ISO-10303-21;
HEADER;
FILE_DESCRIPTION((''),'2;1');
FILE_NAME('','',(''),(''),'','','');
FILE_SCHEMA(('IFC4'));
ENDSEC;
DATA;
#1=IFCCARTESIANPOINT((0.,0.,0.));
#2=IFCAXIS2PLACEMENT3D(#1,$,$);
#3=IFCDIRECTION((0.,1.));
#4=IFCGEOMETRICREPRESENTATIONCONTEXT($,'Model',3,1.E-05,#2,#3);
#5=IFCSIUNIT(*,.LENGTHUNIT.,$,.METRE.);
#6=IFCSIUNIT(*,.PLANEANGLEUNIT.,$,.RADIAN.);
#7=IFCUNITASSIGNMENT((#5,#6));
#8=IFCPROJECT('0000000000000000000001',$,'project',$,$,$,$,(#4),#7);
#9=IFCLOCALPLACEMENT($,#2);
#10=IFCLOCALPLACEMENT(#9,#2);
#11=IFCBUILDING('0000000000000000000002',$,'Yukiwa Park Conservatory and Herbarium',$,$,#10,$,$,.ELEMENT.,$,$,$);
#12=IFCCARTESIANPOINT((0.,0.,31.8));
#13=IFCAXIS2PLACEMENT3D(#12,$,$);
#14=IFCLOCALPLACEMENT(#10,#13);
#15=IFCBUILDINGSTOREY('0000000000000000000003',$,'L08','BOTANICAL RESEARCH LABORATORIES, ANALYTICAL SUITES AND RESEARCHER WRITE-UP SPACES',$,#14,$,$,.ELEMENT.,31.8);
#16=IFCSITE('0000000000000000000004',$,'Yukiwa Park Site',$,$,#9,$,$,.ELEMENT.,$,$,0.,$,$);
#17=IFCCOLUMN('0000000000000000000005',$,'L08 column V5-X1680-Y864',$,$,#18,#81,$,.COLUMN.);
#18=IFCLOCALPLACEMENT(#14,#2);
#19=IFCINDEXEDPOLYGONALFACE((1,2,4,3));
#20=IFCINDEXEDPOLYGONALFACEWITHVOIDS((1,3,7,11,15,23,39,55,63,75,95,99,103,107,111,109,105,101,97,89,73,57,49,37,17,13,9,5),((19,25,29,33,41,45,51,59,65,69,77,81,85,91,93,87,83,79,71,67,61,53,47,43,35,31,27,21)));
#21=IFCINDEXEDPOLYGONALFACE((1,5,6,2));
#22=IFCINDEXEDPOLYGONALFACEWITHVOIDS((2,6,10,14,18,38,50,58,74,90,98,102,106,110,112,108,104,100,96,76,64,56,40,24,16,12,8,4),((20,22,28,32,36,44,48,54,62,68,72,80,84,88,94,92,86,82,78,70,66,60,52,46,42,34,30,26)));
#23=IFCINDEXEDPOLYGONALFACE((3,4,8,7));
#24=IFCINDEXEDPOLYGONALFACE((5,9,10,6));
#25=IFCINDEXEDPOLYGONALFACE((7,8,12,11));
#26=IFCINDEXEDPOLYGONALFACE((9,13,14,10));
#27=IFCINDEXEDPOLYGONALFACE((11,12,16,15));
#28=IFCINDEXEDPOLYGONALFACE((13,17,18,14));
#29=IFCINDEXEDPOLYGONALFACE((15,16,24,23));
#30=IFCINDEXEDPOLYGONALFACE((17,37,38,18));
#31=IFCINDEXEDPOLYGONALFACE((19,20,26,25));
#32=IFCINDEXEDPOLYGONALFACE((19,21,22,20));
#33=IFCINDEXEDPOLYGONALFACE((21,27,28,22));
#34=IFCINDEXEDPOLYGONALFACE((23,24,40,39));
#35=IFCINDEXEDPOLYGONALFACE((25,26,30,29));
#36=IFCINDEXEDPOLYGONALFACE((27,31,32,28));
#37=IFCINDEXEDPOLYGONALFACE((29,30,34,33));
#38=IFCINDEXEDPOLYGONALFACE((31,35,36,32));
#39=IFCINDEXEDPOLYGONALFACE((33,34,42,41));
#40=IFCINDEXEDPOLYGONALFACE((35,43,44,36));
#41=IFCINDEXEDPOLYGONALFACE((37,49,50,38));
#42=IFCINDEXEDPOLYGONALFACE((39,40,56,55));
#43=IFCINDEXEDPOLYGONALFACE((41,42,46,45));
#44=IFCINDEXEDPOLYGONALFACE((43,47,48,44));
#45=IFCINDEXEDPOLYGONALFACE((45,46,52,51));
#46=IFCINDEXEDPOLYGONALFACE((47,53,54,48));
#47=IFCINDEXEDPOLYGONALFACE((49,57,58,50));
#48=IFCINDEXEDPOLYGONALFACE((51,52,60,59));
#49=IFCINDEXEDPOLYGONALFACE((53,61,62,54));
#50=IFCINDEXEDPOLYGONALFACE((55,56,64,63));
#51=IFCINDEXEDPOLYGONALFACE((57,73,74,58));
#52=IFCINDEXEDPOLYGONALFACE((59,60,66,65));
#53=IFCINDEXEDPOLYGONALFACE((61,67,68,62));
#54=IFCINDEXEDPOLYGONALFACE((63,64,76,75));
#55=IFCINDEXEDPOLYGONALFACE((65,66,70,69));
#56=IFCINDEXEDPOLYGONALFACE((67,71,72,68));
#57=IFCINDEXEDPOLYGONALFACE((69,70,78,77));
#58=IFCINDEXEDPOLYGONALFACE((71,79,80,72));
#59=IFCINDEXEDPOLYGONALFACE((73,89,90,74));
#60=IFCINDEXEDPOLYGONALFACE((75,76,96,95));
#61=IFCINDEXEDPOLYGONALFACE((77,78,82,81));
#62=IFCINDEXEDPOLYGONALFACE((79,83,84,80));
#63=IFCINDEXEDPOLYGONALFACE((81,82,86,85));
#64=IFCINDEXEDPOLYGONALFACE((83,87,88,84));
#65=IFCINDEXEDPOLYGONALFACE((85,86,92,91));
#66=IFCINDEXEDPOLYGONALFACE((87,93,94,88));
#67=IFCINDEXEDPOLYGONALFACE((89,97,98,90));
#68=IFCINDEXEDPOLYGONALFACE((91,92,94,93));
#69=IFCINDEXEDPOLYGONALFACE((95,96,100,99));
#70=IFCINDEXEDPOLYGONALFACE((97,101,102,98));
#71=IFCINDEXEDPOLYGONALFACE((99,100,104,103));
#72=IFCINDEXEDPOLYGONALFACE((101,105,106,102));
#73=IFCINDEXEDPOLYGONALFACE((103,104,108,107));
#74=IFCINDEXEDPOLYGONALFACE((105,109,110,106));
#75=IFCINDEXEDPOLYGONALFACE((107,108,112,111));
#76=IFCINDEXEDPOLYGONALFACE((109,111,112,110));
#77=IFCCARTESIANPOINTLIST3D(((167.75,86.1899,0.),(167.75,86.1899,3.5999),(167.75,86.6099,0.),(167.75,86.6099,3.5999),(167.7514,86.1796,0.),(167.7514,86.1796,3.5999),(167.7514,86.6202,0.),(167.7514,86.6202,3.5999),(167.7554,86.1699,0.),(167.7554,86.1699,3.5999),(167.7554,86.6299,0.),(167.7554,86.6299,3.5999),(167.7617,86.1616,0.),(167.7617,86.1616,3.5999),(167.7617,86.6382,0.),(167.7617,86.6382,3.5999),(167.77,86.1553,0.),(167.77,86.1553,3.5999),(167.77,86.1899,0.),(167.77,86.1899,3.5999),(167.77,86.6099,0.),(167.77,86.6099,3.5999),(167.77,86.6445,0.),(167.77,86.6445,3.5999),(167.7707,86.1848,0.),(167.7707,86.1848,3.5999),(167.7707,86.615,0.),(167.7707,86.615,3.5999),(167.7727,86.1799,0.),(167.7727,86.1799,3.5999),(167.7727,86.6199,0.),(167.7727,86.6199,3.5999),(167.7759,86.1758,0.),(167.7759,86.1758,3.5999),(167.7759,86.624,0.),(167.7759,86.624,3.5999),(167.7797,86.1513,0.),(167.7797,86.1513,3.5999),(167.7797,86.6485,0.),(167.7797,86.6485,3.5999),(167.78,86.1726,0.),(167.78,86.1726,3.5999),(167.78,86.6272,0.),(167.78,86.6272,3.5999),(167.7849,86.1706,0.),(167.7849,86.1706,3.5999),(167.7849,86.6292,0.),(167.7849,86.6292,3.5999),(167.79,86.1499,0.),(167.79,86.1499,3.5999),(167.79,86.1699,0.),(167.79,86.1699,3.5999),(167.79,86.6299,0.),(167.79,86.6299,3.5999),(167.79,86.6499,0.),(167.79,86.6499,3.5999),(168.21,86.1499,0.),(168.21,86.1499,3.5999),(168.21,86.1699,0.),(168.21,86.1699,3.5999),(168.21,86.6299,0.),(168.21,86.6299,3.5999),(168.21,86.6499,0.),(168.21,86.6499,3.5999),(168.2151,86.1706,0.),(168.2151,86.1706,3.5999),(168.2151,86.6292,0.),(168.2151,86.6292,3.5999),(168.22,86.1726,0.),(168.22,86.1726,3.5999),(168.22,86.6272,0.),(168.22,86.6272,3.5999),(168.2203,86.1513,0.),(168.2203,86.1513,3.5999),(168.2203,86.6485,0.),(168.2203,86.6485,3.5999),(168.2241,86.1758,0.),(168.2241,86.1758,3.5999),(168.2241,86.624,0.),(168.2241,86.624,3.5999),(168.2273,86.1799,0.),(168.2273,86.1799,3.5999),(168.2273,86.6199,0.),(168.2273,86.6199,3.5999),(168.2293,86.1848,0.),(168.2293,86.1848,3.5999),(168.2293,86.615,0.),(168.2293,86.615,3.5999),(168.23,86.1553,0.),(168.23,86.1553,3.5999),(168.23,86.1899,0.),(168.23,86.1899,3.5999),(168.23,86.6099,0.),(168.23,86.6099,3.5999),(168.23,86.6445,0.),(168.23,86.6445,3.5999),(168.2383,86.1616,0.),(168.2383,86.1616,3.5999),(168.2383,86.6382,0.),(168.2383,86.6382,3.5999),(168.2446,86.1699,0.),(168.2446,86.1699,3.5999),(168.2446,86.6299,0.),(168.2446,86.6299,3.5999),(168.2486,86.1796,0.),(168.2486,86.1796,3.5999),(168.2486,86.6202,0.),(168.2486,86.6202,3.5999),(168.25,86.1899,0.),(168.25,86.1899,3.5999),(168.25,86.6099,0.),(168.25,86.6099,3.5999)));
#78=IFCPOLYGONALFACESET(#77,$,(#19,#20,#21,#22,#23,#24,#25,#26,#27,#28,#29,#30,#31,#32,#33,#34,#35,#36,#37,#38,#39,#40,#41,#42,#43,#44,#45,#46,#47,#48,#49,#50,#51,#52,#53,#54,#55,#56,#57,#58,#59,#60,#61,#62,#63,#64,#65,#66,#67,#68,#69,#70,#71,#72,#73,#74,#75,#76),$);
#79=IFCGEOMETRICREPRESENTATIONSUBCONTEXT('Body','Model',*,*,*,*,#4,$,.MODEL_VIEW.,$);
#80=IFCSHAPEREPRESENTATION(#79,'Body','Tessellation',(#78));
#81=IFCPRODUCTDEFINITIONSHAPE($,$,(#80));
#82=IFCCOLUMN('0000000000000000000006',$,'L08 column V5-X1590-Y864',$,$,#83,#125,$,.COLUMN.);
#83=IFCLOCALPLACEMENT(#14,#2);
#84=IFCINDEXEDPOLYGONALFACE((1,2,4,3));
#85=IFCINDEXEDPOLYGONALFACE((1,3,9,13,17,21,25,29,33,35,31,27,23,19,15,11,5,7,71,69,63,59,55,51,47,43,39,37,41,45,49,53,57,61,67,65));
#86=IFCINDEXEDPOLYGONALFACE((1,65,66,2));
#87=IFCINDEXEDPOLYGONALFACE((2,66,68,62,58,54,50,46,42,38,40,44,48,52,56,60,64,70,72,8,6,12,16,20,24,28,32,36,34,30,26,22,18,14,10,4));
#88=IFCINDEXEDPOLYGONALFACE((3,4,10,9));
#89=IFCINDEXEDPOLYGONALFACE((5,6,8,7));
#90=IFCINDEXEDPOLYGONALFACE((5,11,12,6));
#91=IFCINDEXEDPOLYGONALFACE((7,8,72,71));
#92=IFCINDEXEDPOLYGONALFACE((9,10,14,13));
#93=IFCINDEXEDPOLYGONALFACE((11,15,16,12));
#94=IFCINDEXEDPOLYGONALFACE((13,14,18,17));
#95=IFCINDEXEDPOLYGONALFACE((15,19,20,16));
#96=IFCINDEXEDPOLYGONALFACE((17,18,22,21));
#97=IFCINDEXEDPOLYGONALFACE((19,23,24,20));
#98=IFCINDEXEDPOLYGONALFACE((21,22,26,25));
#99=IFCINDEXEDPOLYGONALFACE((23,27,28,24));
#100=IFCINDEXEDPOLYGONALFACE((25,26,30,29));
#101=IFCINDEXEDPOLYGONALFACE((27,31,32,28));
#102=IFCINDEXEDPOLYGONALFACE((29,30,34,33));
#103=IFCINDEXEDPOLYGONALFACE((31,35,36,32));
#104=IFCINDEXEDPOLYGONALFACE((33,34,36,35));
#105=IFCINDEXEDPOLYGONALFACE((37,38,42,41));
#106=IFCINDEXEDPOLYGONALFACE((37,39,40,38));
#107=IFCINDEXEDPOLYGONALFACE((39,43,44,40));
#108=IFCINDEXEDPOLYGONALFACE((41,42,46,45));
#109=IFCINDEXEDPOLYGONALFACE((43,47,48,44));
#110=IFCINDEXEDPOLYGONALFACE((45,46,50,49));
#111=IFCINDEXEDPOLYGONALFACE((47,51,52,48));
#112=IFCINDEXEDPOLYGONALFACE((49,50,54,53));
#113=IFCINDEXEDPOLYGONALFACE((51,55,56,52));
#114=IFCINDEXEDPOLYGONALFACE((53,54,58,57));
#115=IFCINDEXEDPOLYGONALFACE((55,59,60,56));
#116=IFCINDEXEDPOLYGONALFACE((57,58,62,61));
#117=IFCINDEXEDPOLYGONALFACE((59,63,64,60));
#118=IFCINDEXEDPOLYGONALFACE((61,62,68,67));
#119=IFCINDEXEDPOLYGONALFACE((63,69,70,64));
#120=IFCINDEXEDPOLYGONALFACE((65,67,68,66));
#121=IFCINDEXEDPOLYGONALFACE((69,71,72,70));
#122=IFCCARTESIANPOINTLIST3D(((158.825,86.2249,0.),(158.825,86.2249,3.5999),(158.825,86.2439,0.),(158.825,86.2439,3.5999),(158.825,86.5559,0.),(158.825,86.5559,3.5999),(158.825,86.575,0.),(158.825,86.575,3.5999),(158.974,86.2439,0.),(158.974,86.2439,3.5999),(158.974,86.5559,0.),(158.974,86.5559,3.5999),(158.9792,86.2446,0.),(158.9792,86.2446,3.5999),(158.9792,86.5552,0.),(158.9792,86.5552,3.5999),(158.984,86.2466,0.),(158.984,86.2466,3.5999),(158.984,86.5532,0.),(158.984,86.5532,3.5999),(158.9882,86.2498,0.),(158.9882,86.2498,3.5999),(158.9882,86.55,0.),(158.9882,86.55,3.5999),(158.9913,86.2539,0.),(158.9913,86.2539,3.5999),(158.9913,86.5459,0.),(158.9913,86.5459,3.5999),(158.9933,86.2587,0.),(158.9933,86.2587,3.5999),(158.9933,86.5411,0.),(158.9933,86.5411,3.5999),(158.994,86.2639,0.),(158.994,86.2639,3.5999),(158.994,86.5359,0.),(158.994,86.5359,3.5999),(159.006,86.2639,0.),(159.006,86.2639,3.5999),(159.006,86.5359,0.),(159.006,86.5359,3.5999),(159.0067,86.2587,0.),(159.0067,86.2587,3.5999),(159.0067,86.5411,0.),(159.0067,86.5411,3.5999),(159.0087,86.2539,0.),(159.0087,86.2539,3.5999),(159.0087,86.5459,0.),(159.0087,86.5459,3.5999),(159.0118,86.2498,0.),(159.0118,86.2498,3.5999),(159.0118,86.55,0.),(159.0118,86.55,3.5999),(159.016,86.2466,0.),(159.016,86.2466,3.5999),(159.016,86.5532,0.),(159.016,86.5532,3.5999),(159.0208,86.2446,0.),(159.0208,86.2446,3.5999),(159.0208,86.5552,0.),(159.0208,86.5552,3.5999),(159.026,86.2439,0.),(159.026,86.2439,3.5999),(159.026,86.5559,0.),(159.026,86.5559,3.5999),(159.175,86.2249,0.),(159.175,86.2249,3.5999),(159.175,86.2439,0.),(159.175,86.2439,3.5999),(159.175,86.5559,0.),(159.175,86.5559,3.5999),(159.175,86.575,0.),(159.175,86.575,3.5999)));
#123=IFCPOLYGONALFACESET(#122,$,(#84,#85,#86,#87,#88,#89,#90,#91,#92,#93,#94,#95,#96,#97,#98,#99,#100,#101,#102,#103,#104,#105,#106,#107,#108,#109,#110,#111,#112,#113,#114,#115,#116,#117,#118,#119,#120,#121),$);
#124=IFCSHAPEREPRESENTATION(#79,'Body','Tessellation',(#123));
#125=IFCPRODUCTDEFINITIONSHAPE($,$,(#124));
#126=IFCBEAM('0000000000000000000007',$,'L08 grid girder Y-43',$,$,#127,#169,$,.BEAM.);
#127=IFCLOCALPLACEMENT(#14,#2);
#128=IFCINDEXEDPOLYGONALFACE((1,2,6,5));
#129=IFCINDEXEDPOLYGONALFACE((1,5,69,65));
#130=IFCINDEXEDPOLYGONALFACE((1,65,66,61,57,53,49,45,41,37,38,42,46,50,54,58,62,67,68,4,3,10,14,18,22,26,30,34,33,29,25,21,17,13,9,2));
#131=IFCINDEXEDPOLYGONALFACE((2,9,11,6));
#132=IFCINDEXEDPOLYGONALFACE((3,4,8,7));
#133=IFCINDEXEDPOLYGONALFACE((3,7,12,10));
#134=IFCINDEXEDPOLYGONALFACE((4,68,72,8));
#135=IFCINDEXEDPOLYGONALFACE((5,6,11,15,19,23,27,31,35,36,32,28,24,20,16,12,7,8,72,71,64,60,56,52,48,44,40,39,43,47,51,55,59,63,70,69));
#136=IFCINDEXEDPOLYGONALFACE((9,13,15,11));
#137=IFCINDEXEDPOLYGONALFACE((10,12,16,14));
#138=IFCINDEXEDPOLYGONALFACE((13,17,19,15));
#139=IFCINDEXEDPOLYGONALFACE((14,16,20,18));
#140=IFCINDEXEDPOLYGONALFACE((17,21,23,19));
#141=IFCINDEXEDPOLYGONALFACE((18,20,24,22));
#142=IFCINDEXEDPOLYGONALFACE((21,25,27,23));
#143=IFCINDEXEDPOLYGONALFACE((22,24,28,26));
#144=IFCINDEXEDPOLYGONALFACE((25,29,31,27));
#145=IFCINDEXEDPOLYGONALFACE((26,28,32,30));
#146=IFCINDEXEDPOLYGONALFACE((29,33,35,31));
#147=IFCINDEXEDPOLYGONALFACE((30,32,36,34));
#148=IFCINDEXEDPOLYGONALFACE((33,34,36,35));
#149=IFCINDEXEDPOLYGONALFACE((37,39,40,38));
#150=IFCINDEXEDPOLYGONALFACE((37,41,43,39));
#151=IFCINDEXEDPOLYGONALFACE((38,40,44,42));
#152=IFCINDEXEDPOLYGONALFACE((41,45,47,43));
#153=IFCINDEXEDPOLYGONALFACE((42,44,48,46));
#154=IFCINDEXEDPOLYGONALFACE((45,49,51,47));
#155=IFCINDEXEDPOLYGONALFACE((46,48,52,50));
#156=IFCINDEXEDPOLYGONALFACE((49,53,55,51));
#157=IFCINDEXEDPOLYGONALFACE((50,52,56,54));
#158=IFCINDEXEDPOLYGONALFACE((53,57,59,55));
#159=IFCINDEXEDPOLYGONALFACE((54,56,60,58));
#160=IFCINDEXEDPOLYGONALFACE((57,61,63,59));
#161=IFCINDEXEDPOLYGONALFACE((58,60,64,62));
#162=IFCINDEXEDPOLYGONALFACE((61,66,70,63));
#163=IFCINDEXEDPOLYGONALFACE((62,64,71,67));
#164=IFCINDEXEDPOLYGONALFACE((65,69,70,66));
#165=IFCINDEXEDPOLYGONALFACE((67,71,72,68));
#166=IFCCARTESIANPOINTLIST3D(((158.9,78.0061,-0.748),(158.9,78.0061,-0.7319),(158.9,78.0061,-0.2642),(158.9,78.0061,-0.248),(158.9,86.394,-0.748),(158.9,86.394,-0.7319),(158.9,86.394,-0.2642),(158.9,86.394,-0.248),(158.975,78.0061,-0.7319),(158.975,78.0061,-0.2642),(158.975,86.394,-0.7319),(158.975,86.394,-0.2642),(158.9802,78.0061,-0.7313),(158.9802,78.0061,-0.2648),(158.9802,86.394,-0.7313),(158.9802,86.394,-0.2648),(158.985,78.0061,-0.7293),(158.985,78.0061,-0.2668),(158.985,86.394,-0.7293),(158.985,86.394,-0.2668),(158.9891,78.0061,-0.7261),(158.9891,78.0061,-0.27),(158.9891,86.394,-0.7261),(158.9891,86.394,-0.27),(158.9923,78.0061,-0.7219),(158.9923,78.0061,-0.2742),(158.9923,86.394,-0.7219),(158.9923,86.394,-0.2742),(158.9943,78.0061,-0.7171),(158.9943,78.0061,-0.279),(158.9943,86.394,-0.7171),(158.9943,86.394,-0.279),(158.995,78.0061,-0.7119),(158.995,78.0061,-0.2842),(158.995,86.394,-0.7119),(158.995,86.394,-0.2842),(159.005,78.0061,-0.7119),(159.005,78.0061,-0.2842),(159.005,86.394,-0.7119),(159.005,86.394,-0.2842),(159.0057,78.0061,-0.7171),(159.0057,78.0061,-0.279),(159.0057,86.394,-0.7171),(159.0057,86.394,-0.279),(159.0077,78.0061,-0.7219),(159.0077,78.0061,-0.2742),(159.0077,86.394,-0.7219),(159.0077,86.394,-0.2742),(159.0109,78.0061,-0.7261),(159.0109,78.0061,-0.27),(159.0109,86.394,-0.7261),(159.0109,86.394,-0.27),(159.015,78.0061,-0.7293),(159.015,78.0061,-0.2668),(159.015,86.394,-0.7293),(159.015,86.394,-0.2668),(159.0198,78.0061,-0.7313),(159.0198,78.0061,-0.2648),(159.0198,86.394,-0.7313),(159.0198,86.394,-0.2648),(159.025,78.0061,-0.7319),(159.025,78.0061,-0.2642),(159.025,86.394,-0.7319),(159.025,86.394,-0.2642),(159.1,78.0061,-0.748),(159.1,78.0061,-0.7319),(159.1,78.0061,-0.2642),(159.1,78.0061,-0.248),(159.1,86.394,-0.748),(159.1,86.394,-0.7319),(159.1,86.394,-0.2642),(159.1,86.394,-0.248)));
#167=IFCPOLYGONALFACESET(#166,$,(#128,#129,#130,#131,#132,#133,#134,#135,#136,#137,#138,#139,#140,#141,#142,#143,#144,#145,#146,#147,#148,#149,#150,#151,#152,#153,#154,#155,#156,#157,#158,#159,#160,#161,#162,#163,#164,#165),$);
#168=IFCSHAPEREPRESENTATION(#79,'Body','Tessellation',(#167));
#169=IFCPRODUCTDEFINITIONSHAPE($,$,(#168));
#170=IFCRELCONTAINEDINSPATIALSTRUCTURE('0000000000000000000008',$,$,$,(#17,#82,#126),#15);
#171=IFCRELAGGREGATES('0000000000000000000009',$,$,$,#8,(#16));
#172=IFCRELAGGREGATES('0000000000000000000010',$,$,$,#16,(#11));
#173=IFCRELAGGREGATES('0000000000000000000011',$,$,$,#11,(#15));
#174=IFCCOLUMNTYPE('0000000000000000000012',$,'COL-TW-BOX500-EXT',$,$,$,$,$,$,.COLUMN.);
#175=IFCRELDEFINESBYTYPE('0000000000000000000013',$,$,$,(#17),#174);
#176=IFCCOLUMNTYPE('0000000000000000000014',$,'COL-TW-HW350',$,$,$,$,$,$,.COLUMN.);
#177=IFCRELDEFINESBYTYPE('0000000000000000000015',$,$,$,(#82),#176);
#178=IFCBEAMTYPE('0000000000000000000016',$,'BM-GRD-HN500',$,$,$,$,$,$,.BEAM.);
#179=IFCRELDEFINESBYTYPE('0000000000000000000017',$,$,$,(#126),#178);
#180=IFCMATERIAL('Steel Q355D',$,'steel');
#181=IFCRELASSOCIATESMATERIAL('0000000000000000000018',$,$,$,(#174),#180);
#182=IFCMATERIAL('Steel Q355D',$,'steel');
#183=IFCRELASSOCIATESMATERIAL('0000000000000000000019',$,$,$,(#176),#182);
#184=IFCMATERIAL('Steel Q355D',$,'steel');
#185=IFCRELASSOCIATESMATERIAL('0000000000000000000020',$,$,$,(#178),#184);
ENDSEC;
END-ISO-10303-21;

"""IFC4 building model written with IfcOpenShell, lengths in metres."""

from ifc_helpers import new_model, si_unit, direction, frame, origin, origin_2d, place, context, subcontext, project, spatial, hollow_rectangle, i_section, extrude, material, material_profile, profile_set, type_object, element, save


model = new_model("IFC4")

# Units and contexts
model_context = context("Model", 3, precision=1e-05, world=origin(), true_north=direction((0.0, 1.0)))
body_context = subcontext(model_context, "Body", "Model", "MODEL_VIEW")
ifc_project = project(units=[si_unit("LENGTHUNIT", "METRE"), si_unit("PLANEANGLEUNIT", "RADIAN")], contexts=[model_context])

# Site, building, storey
site_placement = place(None, origin())
site = spatial("IfcSite", under=ifc_project, at=site_placement, Name="Yukiwa Park Site", CompositionType="ELEMENT", RefElevation=0.0)
building_placement = place(site_placement, origin())
building = spatial("IfcBuilding", under=site, at=building_placement, Name="Yukiwa Park Conservatory and Herbarium", CompositionType="ELEMENT")
storey_placement = place(building_placement, frame((0.0, 0.0, 31.8)))
storey = spatial("IfcBuildingStorey", under=building, at=storey_placement, Name="L08", Description="BOTANICAL RESEARCH LABORATORIES, ANALYTICAL SUITES AND RESEARCHER WRITE-UP SPACES", CompositionType="ELEMENT", Elevation=31.8)

# Columns
ifc_material_1 = material(Name="Steel Q355D", Category="steel")
ifc_material_profile_1 = material_profile(ifc_material_1, hollow_rectangle(XDim=0.5, YDim=0.5, WallThickness=0.02, InnerFilletRadius=0.02, OuterFilletRadius=0.04, at=origin_2d()), Name="BOX 500x500x20")
ifc_profile_set_1 = profile_set([ifc_material_profile_1], Name="Steel Q355D")
column_type_1 = type_object("IfcColumnType", Name="COL-TW-BOX500-EXT", PredefinedType="COLUMN", material=ifc_profile_set_1)
column_1_placement = place(storey_placement, frame((168.0, 86.3999, 0.0), z_axis=(0.0, 0.0, 1.0), x_axis=(1.0, 0.0, 0.0)))
element("IfcColumn", 1, at=column_1_placement, inside=storey, type_object=column_type_1, Name="L08 column V5-X1680-Y864", PredefinedType="COLUMN", context=body_context, shape_type="SweptSolid", body=[
    extrude(hollow_rectangle(XDim=0.5, YDim=0.5, WallThickness=0.02, InnerFilletRadius=0.02, OuterFilletRadius=0.04, at=origin_2d()), origin(), (0.0, 0.0, 1.0), 3.5999),
])
ifc_material_2 = material(Name="Steel Q355D", Category="steel")
ifc_material_profile_2 = material_profile(ifc_material_2, i_section(OverallWidth=0.3501, OverallDepth=0.3501, WebThickness=0.012, FlangeThickness=0.019, FilletRadius=0.02, at=origin_2d()), Name="HW 350x350x12x19")
ifc_profile_set_2 = profile_set([ifc_material_profile_2], Name="Steel Q355D")
column_type_2 = type_object("IfcColumnType", Name="COL-TW-HW350", PredefinedType="COLUMN", material=ifc_profile_set_2)
column_2_placement = place(storey_placement, frame((159.0, 86.3999, 0.0), z_axis=(0.0, 0.0, 1.0), x_axis=(1.0, 0.0, 0.0)))
element("IfcColumn", 2, at=column_2_placement, inside=storey, type_object=column_type_2, Name="L08 column V5-X1590-Y864", PredefinedType="COLUMN", context=body_context, shape_type="SweptSolid", body=[
    extrude(i_section(OverallWidth=0.3501, OverallDepth=0.3501, WebThickness=0.012, FlangeThickness=0.019, FilletRadius=0.02, at=origin_2d()), origin(), (0.0, 0.0, 1.0), 3.5999),
])

# Beam
ifc_material_3 = material(Name="Steel Q355D", Category="steel")
ifc_material_profile_3 = material_profile(ifc_material_3, i_section(OverallWidth=0.2, OverallDepth=0.5, WebThickness=0.01, FlangeThickness=0.0161, FilletRadius=0.02, at=origin_2d()), Name="HN 500x200x10x16")
ifc_profile_set_3 = profile_set([ifc_material_profile_3], Name="Steel Q355D")
beam_type_1 = type_object("IfcBeamType", Name="BM-GRD-HN500", PredefinedType="BEAM", material=ifc_profile_set_3)
for number, where, z_axis, x_axis, name in (
    (3, (159.0, 78.0061, -0.498), (0.0, 1.0, 0.0), (-1.0, 0.0, 0.0), "L08 grid girder Y-43"),
):
    element("IfcBeam", number, at=place(storey_placement, frame(where, z_axis=z_axis, x_axis=x_axis)), inside=storey, type_object=beam_type_1, Name=name, PredefinedType="BEAM", context=body_context, shape_type="SweptSolid", body=[
        extrude(i_section(OverallWidth=0.2, OverallDepth=0.5, WebThickness=0.01, FlangeThickness=0.0161, FilletRadius=0.02, at=origin_2d()), origin(), (0.0, 0.0, 1.0), 8.3879),
    ])

save(model, "model.ifc")
